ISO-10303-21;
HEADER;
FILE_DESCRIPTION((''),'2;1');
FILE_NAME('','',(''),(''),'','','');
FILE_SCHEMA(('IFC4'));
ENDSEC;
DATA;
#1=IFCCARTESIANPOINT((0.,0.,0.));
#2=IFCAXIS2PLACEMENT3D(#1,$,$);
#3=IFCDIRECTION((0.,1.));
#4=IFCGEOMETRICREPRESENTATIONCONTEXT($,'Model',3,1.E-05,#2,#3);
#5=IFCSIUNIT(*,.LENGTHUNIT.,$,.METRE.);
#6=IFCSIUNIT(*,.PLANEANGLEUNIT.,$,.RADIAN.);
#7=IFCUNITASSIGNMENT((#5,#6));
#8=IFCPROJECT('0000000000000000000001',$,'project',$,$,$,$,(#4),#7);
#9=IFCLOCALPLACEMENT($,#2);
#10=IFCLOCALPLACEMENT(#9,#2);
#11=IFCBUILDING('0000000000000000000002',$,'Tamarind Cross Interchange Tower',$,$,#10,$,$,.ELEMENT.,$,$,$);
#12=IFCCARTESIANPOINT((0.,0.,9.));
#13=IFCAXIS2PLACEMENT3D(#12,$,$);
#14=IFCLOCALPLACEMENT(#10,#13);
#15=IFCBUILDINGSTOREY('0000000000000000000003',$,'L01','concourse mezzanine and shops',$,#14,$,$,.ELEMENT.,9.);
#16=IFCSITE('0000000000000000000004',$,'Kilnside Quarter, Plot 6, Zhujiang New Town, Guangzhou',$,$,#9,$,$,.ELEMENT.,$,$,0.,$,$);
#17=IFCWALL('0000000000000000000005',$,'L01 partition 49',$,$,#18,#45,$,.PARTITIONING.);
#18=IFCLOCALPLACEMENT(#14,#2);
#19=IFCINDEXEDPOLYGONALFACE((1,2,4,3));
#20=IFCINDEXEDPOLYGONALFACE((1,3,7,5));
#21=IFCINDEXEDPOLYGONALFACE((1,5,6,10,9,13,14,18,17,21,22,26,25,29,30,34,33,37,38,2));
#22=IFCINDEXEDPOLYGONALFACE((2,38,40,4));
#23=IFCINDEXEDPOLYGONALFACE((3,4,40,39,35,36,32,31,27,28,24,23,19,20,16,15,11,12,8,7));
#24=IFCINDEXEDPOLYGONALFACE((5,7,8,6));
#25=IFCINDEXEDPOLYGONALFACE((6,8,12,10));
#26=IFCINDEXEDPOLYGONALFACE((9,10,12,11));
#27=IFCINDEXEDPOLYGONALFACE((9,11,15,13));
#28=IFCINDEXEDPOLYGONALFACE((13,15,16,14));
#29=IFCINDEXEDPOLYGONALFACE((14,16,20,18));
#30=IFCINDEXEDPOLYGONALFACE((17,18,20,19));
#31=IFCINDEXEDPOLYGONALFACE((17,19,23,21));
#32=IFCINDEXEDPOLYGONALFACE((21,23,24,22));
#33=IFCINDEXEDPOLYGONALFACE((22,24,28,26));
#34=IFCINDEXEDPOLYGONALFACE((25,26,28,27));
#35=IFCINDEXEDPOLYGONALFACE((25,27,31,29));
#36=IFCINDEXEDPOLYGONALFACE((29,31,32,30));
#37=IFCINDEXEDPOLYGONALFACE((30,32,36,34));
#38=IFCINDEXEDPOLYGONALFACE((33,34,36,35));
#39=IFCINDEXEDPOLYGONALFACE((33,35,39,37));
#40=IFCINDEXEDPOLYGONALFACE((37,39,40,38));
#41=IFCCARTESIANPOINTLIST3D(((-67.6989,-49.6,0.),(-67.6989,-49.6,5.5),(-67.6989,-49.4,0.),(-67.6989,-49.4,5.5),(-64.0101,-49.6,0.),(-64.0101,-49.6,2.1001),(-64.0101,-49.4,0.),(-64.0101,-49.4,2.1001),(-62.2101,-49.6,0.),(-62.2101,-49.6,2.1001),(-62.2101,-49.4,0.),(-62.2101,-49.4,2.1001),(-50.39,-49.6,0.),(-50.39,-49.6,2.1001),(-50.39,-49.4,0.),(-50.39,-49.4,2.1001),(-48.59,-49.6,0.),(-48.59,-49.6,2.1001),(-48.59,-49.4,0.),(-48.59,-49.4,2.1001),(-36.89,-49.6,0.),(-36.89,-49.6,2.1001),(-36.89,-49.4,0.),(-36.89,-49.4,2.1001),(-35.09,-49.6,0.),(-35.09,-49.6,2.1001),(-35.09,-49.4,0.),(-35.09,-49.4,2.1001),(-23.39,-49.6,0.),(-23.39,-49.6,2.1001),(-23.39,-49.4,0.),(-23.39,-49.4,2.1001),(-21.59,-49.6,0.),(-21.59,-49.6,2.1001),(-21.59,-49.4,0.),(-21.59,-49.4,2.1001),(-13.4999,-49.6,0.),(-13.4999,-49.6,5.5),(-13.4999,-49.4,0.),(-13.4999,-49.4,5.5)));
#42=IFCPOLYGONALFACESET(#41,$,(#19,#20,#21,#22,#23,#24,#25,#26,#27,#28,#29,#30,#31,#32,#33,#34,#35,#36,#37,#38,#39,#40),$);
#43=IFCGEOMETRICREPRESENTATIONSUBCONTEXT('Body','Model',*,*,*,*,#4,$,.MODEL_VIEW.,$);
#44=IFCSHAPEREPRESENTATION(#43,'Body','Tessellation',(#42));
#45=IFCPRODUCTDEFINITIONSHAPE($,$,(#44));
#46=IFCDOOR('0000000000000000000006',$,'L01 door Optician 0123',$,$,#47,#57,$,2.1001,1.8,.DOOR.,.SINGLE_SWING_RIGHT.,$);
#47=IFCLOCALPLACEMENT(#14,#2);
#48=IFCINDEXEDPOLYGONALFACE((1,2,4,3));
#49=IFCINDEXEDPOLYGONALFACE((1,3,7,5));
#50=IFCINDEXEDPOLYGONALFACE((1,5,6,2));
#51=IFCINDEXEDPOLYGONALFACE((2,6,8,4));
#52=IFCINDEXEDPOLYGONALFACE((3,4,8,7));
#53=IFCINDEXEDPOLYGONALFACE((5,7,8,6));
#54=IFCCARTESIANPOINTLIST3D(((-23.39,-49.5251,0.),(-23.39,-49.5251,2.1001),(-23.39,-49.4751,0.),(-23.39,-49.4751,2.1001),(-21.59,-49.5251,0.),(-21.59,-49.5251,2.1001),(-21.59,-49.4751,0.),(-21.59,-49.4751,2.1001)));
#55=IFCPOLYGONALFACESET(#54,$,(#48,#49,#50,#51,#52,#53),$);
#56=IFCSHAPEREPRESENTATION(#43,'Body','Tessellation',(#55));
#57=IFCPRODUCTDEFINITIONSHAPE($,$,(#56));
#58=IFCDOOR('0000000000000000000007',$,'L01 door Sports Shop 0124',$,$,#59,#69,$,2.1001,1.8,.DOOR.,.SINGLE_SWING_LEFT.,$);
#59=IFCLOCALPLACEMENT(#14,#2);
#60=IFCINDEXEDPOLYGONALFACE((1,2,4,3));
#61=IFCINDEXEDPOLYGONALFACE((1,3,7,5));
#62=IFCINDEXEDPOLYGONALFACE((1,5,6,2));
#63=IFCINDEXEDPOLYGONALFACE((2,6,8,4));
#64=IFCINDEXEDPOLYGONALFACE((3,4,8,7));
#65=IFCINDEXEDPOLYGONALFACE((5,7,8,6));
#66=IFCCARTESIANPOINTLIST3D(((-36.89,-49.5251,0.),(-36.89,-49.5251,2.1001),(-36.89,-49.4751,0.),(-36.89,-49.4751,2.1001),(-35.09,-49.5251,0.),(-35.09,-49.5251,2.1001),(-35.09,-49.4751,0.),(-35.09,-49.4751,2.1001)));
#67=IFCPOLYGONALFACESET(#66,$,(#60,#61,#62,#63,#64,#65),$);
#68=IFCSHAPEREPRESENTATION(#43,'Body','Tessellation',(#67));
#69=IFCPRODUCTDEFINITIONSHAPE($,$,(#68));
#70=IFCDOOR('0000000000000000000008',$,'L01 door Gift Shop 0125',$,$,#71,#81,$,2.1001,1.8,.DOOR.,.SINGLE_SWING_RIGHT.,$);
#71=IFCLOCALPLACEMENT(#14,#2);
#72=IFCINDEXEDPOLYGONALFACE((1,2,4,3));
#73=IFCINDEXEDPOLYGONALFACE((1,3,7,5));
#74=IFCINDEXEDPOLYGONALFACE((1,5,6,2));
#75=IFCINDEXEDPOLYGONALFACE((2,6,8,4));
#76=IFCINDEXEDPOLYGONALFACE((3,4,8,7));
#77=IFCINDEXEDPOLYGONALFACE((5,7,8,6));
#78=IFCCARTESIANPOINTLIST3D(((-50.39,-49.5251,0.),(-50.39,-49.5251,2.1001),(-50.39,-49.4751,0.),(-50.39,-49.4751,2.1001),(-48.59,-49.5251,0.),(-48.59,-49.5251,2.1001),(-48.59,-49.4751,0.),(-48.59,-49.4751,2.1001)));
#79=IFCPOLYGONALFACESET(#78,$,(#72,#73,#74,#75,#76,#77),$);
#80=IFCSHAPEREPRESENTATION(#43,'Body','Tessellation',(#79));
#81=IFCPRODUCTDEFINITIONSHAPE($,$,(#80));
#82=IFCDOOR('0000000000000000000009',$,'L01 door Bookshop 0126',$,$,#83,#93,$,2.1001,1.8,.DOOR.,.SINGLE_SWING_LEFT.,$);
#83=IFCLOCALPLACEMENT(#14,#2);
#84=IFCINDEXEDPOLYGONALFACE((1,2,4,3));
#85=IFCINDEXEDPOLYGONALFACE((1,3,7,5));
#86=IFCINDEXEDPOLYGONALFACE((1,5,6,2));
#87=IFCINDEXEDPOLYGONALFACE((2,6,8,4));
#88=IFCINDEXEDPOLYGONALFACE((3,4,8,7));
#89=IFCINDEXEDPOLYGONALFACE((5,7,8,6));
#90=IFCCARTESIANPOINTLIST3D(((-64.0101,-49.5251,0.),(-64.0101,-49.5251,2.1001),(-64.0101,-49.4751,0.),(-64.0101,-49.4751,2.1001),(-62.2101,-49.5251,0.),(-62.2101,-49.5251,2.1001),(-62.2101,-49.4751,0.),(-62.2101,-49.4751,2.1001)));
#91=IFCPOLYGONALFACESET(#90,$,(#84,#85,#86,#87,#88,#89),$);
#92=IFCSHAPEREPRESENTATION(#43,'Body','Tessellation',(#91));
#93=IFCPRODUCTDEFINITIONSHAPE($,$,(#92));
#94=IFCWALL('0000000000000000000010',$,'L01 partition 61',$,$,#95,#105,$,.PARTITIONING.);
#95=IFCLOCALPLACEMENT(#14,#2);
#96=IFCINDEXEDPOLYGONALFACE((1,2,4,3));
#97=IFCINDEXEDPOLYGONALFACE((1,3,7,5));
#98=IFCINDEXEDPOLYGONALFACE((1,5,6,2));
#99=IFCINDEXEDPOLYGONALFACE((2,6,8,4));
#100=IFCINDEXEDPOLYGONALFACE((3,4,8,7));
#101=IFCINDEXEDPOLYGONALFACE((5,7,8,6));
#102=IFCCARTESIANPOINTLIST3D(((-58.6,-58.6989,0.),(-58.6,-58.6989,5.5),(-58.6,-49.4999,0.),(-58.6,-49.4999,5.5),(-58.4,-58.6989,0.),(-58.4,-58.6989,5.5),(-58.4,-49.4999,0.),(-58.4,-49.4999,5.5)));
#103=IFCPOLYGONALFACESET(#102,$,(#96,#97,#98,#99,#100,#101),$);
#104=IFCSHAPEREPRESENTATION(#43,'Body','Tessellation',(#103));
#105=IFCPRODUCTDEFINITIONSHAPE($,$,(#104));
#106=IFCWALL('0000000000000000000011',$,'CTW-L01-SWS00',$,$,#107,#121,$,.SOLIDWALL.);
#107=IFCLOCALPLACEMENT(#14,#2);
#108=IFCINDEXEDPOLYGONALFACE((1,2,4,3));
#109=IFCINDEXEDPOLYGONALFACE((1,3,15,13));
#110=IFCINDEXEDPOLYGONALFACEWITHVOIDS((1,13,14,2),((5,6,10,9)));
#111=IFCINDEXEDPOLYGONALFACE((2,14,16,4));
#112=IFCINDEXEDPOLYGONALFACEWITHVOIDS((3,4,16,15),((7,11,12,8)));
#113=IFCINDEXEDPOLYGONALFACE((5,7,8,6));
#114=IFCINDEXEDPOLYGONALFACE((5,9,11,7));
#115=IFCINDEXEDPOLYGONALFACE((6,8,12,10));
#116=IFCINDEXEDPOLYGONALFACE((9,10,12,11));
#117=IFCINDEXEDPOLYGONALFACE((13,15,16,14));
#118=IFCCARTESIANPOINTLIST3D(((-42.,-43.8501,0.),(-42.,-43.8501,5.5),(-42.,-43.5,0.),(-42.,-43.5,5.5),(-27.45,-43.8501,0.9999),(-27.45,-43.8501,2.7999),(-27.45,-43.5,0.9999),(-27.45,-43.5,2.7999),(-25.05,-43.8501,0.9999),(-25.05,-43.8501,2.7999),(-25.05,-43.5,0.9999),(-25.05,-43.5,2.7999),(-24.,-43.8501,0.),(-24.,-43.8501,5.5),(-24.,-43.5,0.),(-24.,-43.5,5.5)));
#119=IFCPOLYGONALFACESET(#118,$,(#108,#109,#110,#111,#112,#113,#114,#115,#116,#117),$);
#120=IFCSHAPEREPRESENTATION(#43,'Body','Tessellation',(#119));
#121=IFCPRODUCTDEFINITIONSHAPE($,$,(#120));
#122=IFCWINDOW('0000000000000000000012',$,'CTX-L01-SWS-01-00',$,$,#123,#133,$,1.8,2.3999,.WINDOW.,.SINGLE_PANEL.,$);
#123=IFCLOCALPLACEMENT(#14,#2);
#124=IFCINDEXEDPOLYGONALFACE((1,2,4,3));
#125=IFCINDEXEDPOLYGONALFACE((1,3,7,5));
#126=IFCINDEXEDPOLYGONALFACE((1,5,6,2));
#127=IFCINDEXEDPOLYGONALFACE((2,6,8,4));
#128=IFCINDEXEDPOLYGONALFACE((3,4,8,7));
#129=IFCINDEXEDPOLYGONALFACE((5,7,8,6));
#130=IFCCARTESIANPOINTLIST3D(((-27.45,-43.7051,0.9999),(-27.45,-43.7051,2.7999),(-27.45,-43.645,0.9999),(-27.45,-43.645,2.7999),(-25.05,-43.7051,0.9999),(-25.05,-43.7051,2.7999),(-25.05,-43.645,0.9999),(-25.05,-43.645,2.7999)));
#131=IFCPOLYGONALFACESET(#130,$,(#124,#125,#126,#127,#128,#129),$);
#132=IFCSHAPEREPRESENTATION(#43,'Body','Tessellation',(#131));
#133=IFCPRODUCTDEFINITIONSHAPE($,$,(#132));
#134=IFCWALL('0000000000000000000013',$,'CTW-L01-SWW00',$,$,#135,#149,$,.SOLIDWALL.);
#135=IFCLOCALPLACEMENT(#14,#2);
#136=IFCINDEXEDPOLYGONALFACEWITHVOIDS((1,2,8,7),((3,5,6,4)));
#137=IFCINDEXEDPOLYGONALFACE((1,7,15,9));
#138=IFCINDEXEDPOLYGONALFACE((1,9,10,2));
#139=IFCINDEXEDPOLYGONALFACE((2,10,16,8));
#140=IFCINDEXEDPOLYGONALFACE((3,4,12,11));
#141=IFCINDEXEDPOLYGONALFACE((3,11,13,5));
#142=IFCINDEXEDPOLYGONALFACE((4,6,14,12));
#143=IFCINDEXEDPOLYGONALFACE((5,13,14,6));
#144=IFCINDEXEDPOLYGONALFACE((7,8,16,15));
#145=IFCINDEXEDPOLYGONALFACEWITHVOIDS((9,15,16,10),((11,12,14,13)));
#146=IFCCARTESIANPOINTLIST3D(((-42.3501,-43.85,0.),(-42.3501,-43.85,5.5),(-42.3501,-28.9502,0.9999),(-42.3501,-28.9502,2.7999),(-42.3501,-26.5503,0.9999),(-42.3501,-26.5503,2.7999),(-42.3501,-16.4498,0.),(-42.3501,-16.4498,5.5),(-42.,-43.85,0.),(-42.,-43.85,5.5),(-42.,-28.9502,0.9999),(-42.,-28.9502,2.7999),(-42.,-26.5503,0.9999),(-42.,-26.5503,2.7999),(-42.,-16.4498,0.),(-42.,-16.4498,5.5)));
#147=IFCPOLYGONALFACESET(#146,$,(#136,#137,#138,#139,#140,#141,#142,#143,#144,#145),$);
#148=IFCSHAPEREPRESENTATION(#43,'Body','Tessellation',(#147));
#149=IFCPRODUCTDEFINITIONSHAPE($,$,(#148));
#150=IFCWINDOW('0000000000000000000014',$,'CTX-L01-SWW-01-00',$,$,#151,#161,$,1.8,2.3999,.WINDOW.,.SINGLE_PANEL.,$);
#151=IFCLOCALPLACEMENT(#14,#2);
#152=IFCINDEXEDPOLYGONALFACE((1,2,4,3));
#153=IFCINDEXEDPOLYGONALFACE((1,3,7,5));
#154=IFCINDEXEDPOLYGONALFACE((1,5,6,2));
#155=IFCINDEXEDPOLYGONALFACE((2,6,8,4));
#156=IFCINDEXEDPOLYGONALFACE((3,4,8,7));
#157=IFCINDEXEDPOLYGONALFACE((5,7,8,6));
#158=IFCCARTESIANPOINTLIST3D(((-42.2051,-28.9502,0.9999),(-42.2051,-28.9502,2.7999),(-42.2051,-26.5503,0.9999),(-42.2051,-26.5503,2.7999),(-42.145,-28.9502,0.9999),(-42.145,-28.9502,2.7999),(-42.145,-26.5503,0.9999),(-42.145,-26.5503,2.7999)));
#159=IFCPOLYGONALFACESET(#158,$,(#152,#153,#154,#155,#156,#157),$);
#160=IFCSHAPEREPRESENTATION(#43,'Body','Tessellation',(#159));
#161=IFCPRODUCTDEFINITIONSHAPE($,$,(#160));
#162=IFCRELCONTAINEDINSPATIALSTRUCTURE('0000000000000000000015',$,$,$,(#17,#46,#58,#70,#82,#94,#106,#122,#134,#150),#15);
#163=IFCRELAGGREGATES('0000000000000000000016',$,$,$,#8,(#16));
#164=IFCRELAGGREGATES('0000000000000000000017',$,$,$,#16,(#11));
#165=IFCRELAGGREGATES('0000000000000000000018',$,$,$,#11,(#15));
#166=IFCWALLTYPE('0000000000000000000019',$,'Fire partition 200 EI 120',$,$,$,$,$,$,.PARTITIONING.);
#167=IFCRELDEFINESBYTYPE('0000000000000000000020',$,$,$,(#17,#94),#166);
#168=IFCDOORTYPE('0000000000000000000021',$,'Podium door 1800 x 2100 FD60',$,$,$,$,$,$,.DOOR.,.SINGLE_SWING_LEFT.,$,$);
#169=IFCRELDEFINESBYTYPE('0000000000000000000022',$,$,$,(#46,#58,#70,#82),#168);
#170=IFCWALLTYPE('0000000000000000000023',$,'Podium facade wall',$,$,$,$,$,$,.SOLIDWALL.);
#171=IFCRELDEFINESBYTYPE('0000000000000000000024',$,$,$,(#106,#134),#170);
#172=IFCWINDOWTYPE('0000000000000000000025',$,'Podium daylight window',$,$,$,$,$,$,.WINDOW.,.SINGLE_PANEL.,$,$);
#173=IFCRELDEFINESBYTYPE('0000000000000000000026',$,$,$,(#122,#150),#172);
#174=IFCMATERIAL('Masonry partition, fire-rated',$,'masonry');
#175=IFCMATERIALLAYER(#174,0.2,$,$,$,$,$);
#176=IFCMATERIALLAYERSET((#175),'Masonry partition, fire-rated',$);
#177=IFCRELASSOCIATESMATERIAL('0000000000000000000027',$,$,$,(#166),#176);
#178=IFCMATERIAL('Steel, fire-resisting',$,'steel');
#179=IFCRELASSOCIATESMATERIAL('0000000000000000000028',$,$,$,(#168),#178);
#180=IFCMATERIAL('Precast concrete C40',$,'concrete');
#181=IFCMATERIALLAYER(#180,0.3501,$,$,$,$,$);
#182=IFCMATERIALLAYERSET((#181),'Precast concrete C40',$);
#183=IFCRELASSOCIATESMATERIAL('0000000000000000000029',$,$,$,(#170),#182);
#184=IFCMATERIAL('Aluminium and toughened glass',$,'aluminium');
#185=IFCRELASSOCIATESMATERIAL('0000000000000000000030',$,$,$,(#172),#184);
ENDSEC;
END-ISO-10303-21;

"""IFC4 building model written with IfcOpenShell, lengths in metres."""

from ifc_helpers import new_model, si_unit, direction, frame, frame_2d, origin, place, context, subcontext, project, spatial, rectangle, extrude, material, layer, layer_set, type_object, element, fill, save


model = new_model("IFC4")

# Units and contexts
model_context = context("Model", 3, precision=1e-05, world=origin(), true_north=direction((0.0, 1.0)))
body_context = subcontext(model_context, "Body", "Model", "MODEL_VIEW")
ifc_project = project(units=[si_unit("LENGTHUNIT", "METRE"), si_unit("PLANEANGLEUNIT", "RADIAN")], contexts=[model_context])

# Site, building, storey
site_placement = place(None, origin())
site = spatial("IfcSite", under=ifc_project, at=site_placement, Name="Kilnside Quarter, Plot 6, Zhujiang New Town, Guangzhou", CompositionType="ELEMENT", RefElevation=0.0)
building_placement = place(site_placement, origin())
building = spatial("IfcBuilding", under=site, at=building_placement, Name="Tamarind Cross Interchange Tower", CompositionType="ELEMENT")
storey_placement = place(building_placement, frame((0.0, 0.0, 9.0)))
storey = spatial("IfcBuildingStorey", under=building, at=storey_placement, Name="L01", Description="concourse mezzanine and shops", CompositionType="ELEMENT", Elevation=9.0)

# Wall, openings, doors
ifc_material_1 = material(Name="Masonry partition, fire-rated", Category="masonry")
ifc_layer_1 = layer(ifc_material_1, 0.2)
ifc_layer_set_1 = layer_set([ifc_layer_1], Name="Masonry partition, fire-rated")
wall_type_1 = type_object("IfcWallType", Name="Fire partition 200 EI 120", PredefinedType="PARTITIONING", material=ifc_layer_set_1)
wall_1_placement = place(storey_placement, frame((-67.699, -49.5, 0.0), z_axis=(0.0, 0.0, 1.0), x_axis=(1.0, 0.0, 0.0)))
wall_1 = element("IfcWall", 1, at=wall_1_placement, inside=storey, type_object=wall_type_1, Name="L01 partition 49", PredefinedType="PARTITIONING", context=body_context, shape_type="SweptSolid", body=[
    extrude(rectangle(XDim=54.199, YDim=0.2, at=frame_2d((27.0996, 0.0))), origin(), (0.0, 0.0, 1.0), 5.5),
])
opening_1_placement = place(wall_1_placement, frame((44.3091, 0.0, 0.0)))
opening_1 = element("IfcOpeningElement", 2, at=opening_1_placement, cuts=wall_1, PredefinedType="OPENING", context=body_context, shape_type="SweptSolid", body=[
    extrude(rectangle(XDim=1.8, YDim=2.1001, at=frame_2d((0.8999, 1.05))), frame((0.0, 0.1099, 0.0), z_axis=(0.0, -1.0, 0.0), x_axis=(1.0, 0.0, 0.0)), (0.0, 0.0, 1.0), 0.22),
])
opening_2_placement = place(wall_1_placement, frame((30.8091, 0.0, 0.0)))
opening_2 = element("IfcOpeningElement", 3, at=opening_2_placement, cuts=wall_1, PredefinedType="OPENING", context=body_context, shape_type="SweptSolid", body=[
    extrude(rectangle(XDim=1.8, YDim=2.1001, at=frame_2d((0.8999, 1.05))), frame((0.0, 0.1099, 0.0), z_axis=(0.0, -1.0, 0.0), x_axis=(1.0, 0.0, 0.0)), (0.0, 0.0, 1.0), 0.22),
])
opening_3_placement = place(wall_1_placement, frame((17.3091, 0.0, 0.0)))
opening_3 = element("IfcOpeningElement", 4, at=opening_3_placement, cuts=wall_1, PredefinedType="OPENING", context=body_context, shape_type="SweptSolid", body=[
    extrude(rectangle(XDim=1.8, YDim=2.1001, at=frame_2d((0.8999, 1.05))), frame((0.0, 0.1099, 0.0), z_axis=(0.0, -1.0, 0.0), x_axis=(1.0, 0.0, 0.0)), (0.0, 0.0, 1.0), 0.22),
])
opening_4_placement = place(wall_1_placement, frame((3.689, 0.0, 0.0)))
opening_4 = element("IfcOpeningElement", 5, at=opening_4_placement, cuts=wall_1, PredefinedType="OPENING", context=body_context, shape_type="SweptSolid", body=[
    extrude(rectangle(XDim=1.8, YDim=2.1001, at=frame_2d((0.8999, 1.05))), frame((0.0, 0.1099, 0.0), z_axis=(0.0, -1.0, 0.0), x_axis=(1.0, 0.0, 0.0)), (0.0, 0.0, 1.0), 0.22),
])
ifc_material_2 = material(Name="Steel, fire-resisting", Category="steel")
door_type = type_object("IfcDoorType", Name="Podium door 1800 x 2100 FD60", OperationType="SINGLE_SWING_LEFT", PredefinedType="DOOR", material=ifc_material_2)
door_1_placement = place(opening_1_placement, origin())
door_1 = element("IfcDoor", 6, at=door_1_placement, inside=storey, type_object=door_type, Name="L01 door Optician 0123", OperationType="SINGLE_SWING_RIGHT", OverallHeight=2.1001, OverallWidth=1.8, PredefinedType="DOOR", context=body_context, shape_type="SweptSolid", body=[
    extrude(rectangle(XDim=1.8, YDim=2.1001, at=frame_2d((0.8999, 1.05))), frame((0.0, 0.0249, 0.0), z_axis=(0.0, -1.0, 0.0), x_axis=(1.0, 0.0, 0.0)), (0.0, 0.0, 1.0), 0.05),
])
fill(opening_1, door_1)
door_2_placement = place(opening_2_placement, origin())
door_2 = element("IfcDoor", 7, at=door_2_placement, inside=storey, type_object=door_type, Name="L01 door Sports Shop 0124", OperationType="SINGLE_SWING_LEFT", OverallHeight=2.1001, OverallWidth=1.8, PredefinedType="DOOR", context=body_context, shape_type="SweptSolid", body=[
    extrude(rectangle(XDim=1.8, YDim=2.1001, at=frame_2d((0.8999, 1.05))), frame((0.0, 0.0249, 0.0), z_axis=(0.0, -1.0, 0.0), x_axis=(1.0, 0.0, 0.0)), (0.0, 0.0, 1.0), 0.05),
])
fill(opening_2, door_2)
door_3_placement = place(opening_3_placement, origin())
door_3 = element("IfcDoor", 8, at=door_3_placement, inside=storey, type_object=door_type, Name="L01 door Gift Shop 0125", OperationType="SINGLE_SWING_RIGHT", OverallHeight=2.1001, OverallWidth=1.8, PredefinedType="DOOR", context=body_context, shape_type="SweptSolid", body=[
    extrude(rectangle(XDim=1.8, YDim=2.1001, at=frame_2d((0.8999, 1.05))), frame((0.0, 0.0249, 0.0), z_axis=(0.0, -1.0, 0.0), x_axis=(1.0, 0.0, 0.0)), (0.0, 0.0, 1.0), 0.05),
])
fill(opening_3, door_3)
door_4_placement = place(opening_4_placement, origin())
door_4 = element("IfcDoor", 9, at=door_4_placement, inside=storey, type_object=door_type, Name="L01 door Bookshop 0126", OperationType="SINGLE_SWING_LEFT", OverallHeight=2.1001, OverallWidth=1.8, PredefinedType="DOOR", context=body_context, shape_type="SweptSolid", body=[
    extrude(rectangle(XDim=1.8, YDim=2.1001, at=frame_2d((0.8999, 1.05))), frame((0.0, 0.0249, 0.0), z_axis=(0.0, -1.0, 0.0), x_axis=(1.0, 0.0, 0.0)), (0.0, 0.0, 1.0), 0.05),
])
fill(opening_4, door_4)

# Wall
wall_2_placement = place(storey_placement, frame((-58.5, -58.699, 0.0), z_axis=(0.0, 0.0, 1.0), x_axis=(0.0, 1.0, 0.0)))
element("IfcWall", 10, at=wall_2_placement, inside=storey, type_object=wall_type_1, Name="L01 partition 61", PredefinedType="PARTITIONING", context=body_context, shape_type="SweptSolid", body=[
    extrude(rectangle(XDim=9.199, YDim=0.2, at=frame_2d((4.5996, 0.0))), origin(), (0.0, 0.0, 1.0), 5.5),
])

# Walls, openings, windows
ifc_material_3 = material(Name="Precast concrete C40", Category="concrete")
ifc_layer_2 = layer(ifc_material_3, 0.3501)
ifc_layer_set_2 = layer_set([ifc_layer_2], Name="Precast concrete C40")
wall_type_2 = type_object("IfcWallType", Name="Podium facade wall", PredefinedType="SOLIDWALL", material=ifc_layer_set_2)
wall_3_placement = place(storey_placement, frame((-42.0, -43.675, 0.0), z_axis=(0.0, 0.0, 1.0), x_axis=(1.0, 0.0, 0.0)))
wall_3 = element("IfcWall", 11, at=wall_3_placement, inside=storey, type_object=wall_type_2, Name="CTW-L01-SWS00", PredefinedType="SOLIDWALL", context=body_context, shape_type="SweptSolid", body=[
    extrude(rectangle(XDim=18.0, YDim=0.3501, at=frame_2d((9.0, 0.0))), origin(), (0.0, 0.0, 1.0), 5.5),
])
opening_5_placement = place(wall_3_placement, frame((14.55, 0.0, 1.0)))
opening_5 = element("IfcOpeningElement", 12, at=opening_5_placement, cuts=wall_3, PredefinedType="OPENING", context=body_context, shape_type="SweptSolid", body=[
    extrude(rectangle(XDim=2.3999, YDim=1.8, at=frame_2d((1.2, 0.8999))), frame((0.0, 0.1851, 0.0), z_axis=(0.0, -1.0, 0.0), x_axis=(1.0, 0.0, 0.0)), (0.0, 0.0, 1.0), 0.3701),
])
ifc_material_4 = material(Name="Aluminium and toughened glass", Category="aluminium")
window_type = type_object("IfcWindowType", Name="Podium daylight window", PartitioningType="SINGLE_PANEL", PredefinedType="WINDOW", material=ifc_material_4)
window_1_placement = place(opening_5_placement, origin())
window_1 = element("IfcWindow", 13, at=window_1_placement, inside=storey, type_object=window_type, Name="CTX-L01-SWS-01-00", OverallHeight=1.8, OverallWidth=2.3999, PartitioningType="SINGLE_PANEL", PredefinedType="WINDOW", context=body_context, shape_type="SweptSolid", body=[
    extrude(rectangle(XDim=2.3999, YDim=1.8, at=frame_2d((1.2, 0.8999))), frame((0.0, 0.03, 0.0), z_axis=(0.0, -1.0, 0.0), x_axis=(1.0, 0.0, 0.0)), (0.0, 0.0, 1.0), 0.0601),
])
fill(opening_5, window_1)
wall_4_placement = place(storey_placement, frame((-42.175, -43.8501, 0.0), z_axis=(0.0, 0.0, 1.0), x_axis=(0.0, 1.0, 0.0)))
wall_4 = element("IfcWall", 14, at=wall_4_placement, inside=storey, type_object=wall_type_2, Name="CTW-L01-SWW00", PredefinedType="SOLIDWALL", context=body_context, shape_type="SweptSolid", body=[
    extrude(rectangle(XDim=27.4001, YDim=0.3501, at=frame_2d((13.7002, 0.0))), origin(), (0.0, 0.0, 1.0), 5.5),
])
opening_6_placement = place(wall_4_placement, frame((14.8999, 0.0, 1.0)))
opening_6 = element("IfcOpeningElement", 15, at=opening_6_placement, cuts=wall_4, PredefinedType="OPENING", context=body_context, shape_type="SweptSolid", body=[
    extrude(rectangle(XDim=2.3999, YDim=1.8, at=frame_2d((1.2, 0.8999))), frame((0.0, 0.1851, 0.0), z_axis=(0.0, -1.0, 0.0), x_axis=(1.0, 0.0, 0.0)), (0.0, 0.0, 1.0), 0.3701),
])
window_2_placement = place(opening_6_placement, origin())
window_2 = element("IfcWindow", 16, at=window_2_placement, inside=storey, type_object=window_type, Name="CTX-L01-SWW-01-00", OverallHeight=1.8, OverallWidth=2.3999, PartitioningType="SINGLE_PANEL", PredefinedType="WINDOW", context=body_context, shape_type="SweptSolid", body=[
    extrude(rectangle(XDim=2.3999, YDim=1.8, at=frame_2d((1.2, 0.8999))), frame((0.0, 0.03, 0.0), z_axis=(0.0, -1.0, 0.0), x_axis=(1.0, 0.0, 0.0)), (0.0, 0.0, 1.0), 0.0601),
])
fill(opening_6, window_2)

save(model, "model.ifc")
